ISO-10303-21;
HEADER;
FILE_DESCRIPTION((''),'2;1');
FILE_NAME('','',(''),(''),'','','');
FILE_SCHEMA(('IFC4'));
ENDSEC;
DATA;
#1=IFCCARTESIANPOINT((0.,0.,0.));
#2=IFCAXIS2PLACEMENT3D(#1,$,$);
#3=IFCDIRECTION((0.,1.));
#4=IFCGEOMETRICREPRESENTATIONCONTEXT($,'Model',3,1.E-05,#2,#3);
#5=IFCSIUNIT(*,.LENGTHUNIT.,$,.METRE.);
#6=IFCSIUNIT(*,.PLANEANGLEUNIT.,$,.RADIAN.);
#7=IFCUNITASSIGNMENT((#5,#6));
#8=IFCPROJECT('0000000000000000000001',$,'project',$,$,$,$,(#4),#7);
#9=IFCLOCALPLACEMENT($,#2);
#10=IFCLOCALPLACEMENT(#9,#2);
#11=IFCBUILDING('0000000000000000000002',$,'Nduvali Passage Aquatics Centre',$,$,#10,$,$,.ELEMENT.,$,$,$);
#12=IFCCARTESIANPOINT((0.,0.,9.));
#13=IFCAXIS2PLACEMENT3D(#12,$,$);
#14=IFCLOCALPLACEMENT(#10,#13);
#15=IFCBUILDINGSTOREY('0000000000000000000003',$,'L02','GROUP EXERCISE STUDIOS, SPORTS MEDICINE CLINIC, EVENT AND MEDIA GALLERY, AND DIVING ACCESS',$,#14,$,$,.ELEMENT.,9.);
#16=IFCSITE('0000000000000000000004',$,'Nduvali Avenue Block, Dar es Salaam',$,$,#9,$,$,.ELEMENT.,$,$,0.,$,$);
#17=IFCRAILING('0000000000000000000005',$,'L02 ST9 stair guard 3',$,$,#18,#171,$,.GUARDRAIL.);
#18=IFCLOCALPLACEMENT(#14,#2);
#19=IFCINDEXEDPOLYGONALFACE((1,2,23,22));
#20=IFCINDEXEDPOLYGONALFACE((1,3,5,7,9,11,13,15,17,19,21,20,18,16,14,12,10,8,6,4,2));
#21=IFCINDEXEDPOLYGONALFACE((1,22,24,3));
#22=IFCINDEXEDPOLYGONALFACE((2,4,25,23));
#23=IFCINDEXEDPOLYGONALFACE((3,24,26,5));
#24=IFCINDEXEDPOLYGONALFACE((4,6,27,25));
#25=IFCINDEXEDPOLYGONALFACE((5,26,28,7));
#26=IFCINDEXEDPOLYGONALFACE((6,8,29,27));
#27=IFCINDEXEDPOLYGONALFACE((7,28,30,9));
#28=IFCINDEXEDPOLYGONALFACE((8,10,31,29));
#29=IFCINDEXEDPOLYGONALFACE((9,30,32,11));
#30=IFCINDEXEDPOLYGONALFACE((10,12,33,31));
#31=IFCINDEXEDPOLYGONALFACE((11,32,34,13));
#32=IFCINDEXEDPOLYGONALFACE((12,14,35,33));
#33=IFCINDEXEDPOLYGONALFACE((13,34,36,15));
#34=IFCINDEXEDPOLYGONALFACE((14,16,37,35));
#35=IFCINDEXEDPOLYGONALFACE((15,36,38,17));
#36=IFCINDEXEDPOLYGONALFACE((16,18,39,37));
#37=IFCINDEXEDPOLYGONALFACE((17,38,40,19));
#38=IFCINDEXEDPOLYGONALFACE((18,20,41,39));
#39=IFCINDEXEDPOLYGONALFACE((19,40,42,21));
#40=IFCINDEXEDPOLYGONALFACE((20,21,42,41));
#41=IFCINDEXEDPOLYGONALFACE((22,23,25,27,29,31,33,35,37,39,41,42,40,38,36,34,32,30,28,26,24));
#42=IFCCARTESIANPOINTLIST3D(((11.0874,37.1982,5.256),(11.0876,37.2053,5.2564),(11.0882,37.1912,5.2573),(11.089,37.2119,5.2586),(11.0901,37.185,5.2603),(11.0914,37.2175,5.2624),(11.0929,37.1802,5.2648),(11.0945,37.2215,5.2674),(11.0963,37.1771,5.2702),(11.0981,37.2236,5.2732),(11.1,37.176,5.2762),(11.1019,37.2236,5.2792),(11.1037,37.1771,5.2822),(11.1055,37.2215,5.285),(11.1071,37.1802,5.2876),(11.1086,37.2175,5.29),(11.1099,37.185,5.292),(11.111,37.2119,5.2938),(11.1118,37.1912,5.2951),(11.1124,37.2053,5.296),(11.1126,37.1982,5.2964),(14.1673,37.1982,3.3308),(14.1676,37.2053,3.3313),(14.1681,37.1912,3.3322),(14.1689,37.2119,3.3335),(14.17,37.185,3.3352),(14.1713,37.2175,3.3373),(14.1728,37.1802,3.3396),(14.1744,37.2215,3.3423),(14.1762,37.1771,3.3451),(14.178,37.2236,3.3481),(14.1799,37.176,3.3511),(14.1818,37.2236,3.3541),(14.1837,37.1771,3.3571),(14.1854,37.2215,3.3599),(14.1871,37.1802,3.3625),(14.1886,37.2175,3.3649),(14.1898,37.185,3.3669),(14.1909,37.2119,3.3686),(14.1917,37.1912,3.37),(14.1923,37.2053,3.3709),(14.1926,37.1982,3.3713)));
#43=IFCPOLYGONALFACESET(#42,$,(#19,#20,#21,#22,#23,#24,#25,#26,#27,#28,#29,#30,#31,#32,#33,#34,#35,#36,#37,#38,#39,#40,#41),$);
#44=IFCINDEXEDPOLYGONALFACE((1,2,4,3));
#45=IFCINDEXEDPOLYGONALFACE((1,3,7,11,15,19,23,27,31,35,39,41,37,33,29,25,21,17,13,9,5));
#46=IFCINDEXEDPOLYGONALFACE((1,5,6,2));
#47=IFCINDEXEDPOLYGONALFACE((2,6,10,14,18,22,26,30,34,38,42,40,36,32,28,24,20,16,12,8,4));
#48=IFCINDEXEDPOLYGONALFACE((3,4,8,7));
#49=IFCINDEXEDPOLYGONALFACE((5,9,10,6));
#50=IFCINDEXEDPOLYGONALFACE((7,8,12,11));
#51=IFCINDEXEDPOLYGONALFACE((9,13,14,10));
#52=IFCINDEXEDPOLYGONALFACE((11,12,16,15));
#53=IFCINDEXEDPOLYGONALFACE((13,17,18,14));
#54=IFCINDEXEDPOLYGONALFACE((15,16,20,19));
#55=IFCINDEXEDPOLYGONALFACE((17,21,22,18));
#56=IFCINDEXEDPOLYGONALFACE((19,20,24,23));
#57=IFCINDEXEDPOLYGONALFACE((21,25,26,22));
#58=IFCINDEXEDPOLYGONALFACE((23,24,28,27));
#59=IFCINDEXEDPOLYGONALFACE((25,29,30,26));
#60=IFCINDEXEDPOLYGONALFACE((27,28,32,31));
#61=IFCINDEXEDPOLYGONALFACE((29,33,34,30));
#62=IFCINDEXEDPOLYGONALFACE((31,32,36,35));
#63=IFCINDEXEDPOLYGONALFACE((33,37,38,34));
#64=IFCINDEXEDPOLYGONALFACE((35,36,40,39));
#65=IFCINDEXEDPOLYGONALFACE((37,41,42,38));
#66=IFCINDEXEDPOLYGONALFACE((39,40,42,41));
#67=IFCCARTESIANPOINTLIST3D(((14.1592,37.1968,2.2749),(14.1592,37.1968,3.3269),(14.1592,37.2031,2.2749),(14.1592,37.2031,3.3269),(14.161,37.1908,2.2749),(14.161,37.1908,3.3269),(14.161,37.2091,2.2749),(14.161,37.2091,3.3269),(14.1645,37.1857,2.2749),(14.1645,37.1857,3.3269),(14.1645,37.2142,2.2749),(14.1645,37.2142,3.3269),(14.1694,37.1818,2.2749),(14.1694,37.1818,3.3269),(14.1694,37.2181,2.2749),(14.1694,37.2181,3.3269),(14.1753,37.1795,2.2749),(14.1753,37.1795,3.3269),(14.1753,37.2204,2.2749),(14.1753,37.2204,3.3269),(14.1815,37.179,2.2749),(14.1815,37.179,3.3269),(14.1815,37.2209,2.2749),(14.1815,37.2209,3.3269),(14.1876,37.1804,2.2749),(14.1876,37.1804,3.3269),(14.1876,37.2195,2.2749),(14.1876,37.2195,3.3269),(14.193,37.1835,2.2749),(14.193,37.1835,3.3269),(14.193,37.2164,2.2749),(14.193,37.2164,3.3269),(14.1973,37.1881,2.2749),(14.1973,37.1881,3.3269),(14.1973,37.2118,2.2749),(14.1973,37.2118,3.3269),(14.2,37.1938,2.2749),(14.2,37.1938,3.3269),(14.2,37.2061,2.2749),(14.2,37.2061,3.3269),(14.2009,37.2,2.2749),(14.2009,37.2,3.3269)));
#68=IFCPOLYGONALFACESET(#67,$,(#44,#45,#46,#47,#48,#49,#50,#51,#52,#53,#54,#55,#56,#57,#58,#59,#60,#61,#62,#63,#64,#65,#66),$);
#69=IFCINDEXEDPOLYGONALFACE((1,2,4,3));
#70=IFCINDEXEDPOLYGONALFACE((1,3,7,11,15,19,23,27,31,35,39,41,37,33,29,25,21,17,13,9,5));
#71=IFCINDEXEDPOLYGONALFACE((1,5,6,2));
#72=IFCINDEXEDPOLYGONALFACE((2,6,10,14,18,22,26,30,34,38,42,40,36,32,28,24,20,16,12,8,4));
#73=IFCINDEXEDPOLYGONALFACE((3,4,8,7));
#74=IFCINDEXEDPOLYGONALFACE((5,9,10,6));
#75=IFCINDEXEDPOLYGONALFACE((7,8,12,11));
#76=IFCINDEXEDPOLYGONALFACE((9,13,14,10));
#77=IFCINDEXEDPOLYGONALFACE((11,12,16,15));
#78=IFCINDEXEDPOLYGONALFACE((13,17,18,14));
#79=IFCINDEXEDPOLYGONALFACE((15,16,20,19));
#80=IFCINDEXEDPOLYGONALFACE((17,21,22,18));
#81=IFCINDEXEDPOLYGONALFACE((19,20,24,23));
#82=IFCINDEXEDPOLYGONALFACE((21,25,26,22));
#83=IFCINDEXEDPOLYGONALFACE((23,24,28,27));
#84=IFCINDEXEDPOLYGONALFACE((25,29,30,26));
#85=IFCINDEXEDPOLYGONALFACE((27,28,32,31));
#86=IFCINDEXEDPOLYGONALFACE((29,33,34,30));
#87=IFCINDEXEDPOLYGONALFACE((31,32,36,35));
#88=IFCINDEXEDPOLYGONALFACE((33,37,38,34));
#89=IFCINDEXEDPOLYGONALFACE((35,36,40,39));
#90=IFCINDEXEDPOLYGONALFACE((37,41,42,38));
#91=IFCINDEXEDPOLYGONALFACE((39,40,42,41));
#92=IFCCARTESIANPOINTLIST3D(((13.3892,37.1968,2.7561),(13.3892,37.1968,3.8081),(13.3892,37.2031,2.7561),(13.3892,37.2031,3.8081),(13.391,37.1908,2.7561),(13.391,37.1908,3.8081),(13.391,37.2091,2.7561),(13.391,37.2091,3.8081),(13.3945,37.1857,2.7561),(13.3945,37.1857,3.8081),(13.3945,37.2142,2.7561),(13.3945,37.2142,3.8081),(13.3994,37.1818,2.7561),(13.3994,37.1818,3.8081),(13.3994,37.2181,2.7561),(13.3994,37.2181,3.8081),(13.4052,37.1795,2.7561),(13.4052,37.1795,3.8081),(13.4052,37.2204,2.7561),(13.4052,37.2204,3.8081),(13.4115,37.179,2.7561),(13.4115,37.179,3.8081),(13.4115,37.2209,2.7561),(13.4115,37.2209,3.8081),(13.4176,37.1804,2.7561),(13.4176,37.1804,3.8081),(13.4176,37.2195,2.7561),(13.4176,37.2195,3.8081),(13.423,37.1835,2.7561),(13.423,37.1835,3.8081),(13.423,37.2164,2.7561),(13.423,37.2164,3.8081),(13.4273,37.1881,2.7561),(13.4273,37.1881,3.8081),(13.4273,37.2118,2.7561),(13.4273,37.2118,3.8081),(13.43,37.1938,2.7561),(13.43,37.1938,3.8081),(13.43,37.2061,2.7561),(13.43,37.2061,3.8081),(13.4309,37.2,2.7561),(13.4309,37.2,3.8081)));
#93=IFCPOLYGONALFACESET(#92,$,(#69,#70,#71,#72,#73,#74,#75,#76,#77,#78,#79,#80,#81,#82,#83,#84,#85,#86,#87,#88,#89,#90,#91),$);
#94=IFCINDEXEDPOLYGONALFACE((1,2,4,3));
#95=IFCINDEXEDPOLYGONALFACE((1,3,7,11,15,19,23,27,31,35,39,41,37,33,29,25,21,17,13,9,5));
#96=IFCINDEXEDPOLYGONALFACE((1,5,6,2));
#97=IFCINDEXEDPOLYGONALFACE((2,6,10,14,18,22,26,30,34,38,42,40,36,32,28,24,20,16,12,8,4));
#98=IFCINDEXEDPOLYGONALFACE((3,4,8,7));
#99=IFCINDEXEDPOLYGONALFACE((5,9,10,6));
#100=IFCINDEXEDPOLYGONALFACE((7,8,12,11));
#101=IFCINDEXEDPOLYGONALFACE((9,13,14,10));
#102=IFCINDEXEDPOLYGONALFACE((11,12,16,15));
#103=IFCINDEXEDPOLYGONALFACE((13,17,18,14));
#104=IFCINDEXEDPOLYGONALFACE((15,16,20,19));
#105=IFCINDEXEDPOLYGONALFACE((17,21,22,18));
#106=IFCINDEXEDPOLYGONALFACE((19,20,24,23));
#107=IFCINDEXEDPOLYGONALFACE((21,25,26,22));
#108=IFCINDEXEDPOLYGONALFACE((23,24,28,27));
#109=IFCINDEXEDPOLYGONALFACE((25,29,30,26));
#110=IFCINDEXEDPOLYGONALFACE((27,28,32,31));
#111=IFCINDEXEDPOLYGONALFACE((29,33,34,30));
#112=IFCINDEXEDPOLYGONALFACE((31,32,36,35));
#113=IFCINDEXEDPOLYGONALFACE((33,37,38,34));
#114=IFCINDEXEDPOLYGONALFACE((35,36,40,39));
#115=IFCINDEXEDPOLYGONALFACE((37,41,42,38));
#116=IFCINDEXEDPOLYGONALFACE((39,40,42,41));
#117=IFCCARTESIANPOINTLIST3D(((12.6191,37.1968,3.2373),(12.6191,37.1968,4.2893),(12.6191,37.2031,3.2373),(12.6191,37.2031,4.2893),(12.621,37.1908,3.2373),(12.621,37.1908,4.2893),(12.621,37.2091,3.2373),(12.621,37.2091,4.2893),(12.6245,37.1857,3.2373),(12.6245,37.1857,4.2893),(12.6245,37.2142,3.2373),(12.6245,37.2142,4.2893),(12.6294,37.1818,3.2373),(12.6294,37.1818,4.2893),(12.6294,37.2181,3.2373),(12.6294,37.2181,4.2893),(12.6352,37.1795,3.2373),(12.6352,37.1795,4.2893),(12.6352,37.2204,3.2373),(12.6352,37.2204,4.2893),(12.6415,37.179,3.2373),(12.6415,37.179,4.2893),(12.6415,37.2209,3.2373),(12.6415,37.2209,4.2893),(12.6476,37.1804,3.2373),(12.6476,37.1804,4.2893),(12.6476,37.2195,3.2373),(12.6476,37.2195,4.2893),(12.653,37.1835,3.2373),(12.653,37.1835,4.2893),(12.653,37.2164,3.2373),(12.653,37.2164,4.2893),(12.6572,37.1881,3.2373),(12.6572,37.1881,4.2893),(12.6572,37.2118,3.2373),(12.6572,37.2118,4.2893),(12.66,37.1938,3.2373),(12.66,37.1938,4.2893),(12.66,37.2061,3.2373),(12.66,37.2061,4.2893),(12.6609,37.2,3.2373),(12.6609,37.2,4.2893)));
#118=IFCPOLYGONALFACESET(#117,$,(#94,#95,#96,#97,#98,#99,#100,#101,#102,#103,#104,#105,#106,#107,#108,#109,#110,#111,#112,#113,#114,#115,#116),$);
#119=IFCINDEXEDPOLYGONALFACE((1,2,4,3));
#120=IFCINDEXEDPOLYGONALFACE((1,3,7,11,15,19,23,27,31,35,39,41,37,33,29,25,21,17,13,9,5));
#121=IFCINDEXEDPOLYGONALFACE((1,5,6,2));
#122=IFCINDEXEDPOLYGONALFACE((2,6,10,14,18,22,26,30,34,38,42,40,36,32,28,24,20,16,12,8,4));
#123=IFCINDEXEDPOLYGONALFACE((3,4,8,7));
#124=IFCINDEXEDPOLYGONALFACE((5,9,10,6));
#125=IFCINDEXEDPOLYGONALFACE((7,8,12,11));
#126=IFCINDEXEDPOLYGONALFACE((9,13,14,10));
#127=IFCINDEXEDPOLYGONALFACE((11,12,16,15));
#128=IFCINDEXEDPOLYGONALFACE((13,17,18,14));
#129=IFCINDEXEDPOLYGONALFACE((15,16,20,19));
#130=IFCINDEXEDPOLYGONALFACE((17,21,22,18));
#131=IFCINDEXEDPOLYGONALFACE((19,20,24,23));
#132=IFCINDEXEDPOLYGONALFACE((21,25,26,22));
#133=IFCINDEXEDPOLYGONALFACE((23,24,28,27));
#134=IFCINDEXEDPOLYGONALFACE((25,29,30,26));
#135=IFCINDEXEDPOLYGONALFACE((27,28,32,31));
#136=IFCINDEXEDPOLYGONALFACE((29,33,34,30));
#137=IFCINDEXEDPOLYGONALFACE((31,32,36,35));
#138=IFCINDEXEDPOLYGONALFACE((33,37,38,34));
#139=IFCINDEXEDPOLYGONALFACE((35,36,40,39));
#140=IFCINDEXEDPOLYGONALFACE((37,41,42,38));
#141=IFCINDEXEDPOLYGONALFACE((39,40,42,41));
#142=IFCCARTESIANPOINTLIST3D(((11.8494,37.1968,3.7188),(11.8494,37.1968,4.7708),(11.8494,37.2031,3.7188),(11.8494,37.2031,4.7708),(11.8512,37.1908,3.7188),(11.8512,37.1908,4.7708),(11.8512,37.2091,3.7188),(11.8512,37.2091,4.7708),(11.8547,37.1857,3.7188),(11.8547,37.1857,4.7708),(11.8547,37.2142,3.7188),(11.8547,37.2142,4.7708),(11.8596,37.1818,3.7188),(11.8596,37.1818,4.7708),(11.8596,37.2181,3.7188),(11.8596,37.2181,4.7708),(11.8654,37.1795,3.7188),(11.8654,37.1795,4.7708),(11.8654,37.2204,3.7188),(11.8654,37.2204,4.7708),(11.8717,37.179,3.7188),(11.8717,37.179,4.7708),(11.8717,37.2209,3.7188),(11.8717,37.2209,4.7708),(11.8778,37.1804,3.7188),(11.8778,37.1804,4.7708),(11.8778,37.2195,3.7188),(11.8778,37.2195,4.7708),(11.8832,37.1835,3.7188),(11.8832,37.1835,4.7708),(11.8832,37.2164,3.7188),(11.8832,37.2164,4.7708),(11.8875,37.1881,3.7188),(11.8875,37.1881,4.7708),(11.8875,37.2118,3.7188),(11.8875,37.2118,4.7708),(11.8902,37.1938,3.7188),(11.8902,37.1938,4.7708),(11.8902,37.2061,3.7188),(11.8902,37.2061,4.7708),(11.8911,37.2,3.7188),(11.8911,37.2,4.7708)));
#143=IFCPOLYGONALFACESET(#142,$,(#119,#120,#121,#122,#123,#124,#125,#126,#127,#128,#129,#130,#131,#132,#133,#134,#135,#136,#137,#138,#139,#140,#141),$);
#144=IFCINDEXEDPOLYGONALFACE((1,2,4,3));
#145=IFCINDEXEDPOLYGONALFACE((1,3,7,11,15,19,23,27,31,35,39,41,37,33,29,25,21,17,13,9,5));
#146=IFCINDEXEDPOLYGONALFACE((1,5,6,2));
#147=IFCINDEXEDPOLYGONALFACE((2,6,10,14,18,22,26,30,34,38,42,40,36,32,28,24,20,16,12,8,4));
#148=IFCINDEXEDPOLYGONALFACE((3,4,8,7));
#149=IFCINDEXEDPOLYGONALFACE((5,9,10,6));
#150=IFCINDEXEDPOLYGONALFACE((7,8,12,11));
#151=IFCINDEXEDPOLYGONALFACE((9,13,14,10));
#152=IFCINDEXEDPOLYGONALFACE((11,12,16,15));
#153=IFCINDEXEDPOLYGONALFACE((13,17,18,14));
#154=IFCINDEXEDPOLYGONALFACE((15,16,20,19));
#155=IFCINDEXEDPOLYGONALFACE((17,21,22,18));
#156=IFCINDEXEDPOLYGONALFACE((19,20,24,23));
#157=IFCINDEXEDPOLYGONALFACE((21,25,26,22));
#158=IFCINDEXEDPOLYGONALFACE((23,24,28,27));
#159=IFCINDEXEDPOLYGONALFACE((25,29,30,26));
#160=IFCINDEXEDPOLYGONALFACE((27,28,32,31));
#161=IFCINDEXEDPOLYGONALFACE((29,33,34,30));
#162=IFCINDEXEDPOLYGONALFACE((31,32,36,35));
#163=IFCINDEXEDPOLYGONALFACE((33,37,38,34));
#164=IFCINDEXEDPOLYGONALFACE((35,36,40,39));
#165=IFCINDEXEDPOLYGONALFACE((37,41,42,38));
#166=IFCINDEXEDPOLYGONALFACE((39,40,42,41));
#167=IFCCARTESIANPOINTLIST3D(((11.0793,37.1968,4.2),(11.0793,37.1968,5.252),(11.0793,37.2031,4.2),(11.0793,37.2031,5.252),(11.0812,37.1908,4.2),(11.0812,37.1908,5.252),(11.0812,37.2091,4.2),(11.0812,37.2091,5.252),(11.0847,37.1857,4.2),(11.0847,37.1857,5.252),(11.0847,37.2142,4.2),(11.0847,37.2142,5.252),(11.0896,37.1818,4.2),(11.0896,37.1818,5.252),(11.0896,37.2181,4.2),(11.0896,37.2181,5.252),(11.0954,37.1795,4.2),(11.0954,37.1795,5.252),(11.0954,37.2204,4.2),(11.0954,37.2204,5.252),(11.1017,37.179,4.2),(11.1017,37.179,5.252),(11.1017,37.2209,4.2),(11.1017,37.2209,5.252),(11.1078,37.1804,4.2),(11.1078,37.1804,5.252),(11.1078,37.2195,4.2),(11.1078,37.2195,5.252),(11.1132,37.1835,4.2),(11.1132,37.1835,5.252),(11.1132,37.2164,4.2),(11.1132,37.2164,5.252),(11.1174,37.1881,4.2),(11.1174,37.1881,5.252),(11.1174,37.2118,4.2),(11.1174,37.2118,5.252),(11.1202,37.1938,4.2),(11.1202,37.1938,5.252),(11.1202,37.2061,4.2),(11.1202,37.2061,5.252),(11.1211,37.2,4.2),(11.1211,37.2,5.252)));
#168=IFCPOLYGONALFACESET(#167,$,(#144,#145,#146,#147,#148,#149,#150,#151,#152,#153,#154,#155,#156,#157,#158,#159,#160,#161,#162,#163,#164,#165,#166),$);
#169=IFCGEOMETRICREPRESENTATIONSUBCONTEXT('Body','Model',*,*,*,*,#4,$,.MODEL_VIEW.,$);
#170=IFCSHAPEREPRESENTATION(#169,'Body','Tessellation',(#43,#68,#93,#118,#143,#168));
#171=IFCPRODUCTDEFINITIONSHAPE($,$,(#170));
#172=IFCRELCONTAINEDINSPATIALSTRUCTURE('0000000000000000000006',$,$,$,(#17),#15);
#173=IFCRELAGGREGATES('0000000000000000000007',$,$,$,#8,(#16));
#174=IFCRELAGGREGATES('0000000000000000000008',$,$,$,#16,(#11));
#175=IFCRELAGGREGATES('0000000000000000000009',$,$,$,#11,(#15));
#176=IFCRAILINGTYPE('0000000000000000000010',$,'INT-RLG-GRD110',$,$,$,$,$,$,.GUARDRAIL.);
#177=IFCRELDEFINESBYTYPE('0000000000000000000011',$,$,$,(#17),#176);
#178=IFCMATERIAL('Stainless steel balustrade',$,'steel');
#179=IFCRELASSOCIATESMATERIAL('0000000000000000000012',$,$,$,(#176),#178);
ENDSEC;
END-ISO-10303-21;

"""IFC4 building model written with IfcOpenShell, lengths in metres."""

from ifc_helpers import new_model, si_unit, direction, frame, origin, origin_2d, place, context, subcontext, project, spatial, circle, extrude, material, type_object, element, save


model = new_model("IFC4")

# Units and contexts
model_context = context("Model", 3, precision=1e-05, world=origin(), true_north=direction((0.0, 1.0)))
body_context = subcontext(model_context, "Body", "Model", "MODEL_VIEW")
ifc_project = project(units=[si_unit("LENGTHUNIT", "METRE"), si_unit("PLANEANGLEUNIT", "RADIAN")], contexts=[model_context])

# Site, building, storey
site_placement = place(None, origin())
site = spatial("IfcSite", under=ifc_project, at=site_placement, Name="Nduvali Avenue Block, Dar es Salaam", CompositionType="ELEMENT", RefElevation=0.0)
building_placement = place(site_placement, origin())
building = spatial("IfcBuilding", under=site, at=building_placement, Name="Nduvali Passage Aquatics Centre", CompositionType="ELEMENT")
storey_placement = place(building_placement, frame((0.0, 0.0, 9.0)))
storey = spatial("IfcBuildingStorey", under=building, at=storey_placement, Name="L02", Description="GROUP EXERCISE STUDIOS, SPORTS MEDICINE CLINIC, EVENT AND MEDIA GALLERY, AND DIVING ACCESS", CompositionType="ELEMENT", Elevation=9.0)

# Railing
ifc_material_1 = material(Name="Stainless steel balustrade", Category="steel")
railing_type = type_object("IfcRailingType", Name="INT-RLG-GRD110", PredefinedType="GUARDRAIL", material=ifc_material_1)
railing_1_placement = place(storey_placement, frame((14.1799, 37.2, 2.2749)))
element("IfcRailing", 1, at=railing_1_placement, inside=storey, type_object=railing_type, Name="L02 ST9 stair guard 3", PredefinedType="GUARDRAIL", context=body_context, shape_type="SweptSolid", body=[
    extrude(circle(Radius=0.0239, at=origin_2d()), frame((0.0, 0.0, 1.0762), z_axis=(-0.847979, 0.0, 0.530029), x_axis=(0.0, -1.0, 0.0)), (0.0, 0.0, 1.0), 3.6321),
    extrude(circle(Radius=0.021, at=origin_2d()), origin(), (0.0, 0.0, 1.0), 1.052),
    extrude(circle(Radius=0.021, at=origin_2d()), frame((-0.77, 0.0, 0.4812)), (0.0, 0.0, 1.0), 1.052),
    extrude(circle(Radius=0.021, at=origin_2d()), frame((-1.54, 0.0, 0.9624)), (0.0, 0.0, 1.0), 1.052),
    extrude(circle(Radius=0.021, at=origin_2d()), frame((-2.3098, 0.0, 1.4438)), (0.0, 0.0, 1.0), 1.052),
    extrude(circle(Radius=0.021, at=origin_2d()), frame((-3.0798, 0.0, 1.925)), (0.0, 0.0, 1.0), 1.052),
])

save(model, "model.ifc")
